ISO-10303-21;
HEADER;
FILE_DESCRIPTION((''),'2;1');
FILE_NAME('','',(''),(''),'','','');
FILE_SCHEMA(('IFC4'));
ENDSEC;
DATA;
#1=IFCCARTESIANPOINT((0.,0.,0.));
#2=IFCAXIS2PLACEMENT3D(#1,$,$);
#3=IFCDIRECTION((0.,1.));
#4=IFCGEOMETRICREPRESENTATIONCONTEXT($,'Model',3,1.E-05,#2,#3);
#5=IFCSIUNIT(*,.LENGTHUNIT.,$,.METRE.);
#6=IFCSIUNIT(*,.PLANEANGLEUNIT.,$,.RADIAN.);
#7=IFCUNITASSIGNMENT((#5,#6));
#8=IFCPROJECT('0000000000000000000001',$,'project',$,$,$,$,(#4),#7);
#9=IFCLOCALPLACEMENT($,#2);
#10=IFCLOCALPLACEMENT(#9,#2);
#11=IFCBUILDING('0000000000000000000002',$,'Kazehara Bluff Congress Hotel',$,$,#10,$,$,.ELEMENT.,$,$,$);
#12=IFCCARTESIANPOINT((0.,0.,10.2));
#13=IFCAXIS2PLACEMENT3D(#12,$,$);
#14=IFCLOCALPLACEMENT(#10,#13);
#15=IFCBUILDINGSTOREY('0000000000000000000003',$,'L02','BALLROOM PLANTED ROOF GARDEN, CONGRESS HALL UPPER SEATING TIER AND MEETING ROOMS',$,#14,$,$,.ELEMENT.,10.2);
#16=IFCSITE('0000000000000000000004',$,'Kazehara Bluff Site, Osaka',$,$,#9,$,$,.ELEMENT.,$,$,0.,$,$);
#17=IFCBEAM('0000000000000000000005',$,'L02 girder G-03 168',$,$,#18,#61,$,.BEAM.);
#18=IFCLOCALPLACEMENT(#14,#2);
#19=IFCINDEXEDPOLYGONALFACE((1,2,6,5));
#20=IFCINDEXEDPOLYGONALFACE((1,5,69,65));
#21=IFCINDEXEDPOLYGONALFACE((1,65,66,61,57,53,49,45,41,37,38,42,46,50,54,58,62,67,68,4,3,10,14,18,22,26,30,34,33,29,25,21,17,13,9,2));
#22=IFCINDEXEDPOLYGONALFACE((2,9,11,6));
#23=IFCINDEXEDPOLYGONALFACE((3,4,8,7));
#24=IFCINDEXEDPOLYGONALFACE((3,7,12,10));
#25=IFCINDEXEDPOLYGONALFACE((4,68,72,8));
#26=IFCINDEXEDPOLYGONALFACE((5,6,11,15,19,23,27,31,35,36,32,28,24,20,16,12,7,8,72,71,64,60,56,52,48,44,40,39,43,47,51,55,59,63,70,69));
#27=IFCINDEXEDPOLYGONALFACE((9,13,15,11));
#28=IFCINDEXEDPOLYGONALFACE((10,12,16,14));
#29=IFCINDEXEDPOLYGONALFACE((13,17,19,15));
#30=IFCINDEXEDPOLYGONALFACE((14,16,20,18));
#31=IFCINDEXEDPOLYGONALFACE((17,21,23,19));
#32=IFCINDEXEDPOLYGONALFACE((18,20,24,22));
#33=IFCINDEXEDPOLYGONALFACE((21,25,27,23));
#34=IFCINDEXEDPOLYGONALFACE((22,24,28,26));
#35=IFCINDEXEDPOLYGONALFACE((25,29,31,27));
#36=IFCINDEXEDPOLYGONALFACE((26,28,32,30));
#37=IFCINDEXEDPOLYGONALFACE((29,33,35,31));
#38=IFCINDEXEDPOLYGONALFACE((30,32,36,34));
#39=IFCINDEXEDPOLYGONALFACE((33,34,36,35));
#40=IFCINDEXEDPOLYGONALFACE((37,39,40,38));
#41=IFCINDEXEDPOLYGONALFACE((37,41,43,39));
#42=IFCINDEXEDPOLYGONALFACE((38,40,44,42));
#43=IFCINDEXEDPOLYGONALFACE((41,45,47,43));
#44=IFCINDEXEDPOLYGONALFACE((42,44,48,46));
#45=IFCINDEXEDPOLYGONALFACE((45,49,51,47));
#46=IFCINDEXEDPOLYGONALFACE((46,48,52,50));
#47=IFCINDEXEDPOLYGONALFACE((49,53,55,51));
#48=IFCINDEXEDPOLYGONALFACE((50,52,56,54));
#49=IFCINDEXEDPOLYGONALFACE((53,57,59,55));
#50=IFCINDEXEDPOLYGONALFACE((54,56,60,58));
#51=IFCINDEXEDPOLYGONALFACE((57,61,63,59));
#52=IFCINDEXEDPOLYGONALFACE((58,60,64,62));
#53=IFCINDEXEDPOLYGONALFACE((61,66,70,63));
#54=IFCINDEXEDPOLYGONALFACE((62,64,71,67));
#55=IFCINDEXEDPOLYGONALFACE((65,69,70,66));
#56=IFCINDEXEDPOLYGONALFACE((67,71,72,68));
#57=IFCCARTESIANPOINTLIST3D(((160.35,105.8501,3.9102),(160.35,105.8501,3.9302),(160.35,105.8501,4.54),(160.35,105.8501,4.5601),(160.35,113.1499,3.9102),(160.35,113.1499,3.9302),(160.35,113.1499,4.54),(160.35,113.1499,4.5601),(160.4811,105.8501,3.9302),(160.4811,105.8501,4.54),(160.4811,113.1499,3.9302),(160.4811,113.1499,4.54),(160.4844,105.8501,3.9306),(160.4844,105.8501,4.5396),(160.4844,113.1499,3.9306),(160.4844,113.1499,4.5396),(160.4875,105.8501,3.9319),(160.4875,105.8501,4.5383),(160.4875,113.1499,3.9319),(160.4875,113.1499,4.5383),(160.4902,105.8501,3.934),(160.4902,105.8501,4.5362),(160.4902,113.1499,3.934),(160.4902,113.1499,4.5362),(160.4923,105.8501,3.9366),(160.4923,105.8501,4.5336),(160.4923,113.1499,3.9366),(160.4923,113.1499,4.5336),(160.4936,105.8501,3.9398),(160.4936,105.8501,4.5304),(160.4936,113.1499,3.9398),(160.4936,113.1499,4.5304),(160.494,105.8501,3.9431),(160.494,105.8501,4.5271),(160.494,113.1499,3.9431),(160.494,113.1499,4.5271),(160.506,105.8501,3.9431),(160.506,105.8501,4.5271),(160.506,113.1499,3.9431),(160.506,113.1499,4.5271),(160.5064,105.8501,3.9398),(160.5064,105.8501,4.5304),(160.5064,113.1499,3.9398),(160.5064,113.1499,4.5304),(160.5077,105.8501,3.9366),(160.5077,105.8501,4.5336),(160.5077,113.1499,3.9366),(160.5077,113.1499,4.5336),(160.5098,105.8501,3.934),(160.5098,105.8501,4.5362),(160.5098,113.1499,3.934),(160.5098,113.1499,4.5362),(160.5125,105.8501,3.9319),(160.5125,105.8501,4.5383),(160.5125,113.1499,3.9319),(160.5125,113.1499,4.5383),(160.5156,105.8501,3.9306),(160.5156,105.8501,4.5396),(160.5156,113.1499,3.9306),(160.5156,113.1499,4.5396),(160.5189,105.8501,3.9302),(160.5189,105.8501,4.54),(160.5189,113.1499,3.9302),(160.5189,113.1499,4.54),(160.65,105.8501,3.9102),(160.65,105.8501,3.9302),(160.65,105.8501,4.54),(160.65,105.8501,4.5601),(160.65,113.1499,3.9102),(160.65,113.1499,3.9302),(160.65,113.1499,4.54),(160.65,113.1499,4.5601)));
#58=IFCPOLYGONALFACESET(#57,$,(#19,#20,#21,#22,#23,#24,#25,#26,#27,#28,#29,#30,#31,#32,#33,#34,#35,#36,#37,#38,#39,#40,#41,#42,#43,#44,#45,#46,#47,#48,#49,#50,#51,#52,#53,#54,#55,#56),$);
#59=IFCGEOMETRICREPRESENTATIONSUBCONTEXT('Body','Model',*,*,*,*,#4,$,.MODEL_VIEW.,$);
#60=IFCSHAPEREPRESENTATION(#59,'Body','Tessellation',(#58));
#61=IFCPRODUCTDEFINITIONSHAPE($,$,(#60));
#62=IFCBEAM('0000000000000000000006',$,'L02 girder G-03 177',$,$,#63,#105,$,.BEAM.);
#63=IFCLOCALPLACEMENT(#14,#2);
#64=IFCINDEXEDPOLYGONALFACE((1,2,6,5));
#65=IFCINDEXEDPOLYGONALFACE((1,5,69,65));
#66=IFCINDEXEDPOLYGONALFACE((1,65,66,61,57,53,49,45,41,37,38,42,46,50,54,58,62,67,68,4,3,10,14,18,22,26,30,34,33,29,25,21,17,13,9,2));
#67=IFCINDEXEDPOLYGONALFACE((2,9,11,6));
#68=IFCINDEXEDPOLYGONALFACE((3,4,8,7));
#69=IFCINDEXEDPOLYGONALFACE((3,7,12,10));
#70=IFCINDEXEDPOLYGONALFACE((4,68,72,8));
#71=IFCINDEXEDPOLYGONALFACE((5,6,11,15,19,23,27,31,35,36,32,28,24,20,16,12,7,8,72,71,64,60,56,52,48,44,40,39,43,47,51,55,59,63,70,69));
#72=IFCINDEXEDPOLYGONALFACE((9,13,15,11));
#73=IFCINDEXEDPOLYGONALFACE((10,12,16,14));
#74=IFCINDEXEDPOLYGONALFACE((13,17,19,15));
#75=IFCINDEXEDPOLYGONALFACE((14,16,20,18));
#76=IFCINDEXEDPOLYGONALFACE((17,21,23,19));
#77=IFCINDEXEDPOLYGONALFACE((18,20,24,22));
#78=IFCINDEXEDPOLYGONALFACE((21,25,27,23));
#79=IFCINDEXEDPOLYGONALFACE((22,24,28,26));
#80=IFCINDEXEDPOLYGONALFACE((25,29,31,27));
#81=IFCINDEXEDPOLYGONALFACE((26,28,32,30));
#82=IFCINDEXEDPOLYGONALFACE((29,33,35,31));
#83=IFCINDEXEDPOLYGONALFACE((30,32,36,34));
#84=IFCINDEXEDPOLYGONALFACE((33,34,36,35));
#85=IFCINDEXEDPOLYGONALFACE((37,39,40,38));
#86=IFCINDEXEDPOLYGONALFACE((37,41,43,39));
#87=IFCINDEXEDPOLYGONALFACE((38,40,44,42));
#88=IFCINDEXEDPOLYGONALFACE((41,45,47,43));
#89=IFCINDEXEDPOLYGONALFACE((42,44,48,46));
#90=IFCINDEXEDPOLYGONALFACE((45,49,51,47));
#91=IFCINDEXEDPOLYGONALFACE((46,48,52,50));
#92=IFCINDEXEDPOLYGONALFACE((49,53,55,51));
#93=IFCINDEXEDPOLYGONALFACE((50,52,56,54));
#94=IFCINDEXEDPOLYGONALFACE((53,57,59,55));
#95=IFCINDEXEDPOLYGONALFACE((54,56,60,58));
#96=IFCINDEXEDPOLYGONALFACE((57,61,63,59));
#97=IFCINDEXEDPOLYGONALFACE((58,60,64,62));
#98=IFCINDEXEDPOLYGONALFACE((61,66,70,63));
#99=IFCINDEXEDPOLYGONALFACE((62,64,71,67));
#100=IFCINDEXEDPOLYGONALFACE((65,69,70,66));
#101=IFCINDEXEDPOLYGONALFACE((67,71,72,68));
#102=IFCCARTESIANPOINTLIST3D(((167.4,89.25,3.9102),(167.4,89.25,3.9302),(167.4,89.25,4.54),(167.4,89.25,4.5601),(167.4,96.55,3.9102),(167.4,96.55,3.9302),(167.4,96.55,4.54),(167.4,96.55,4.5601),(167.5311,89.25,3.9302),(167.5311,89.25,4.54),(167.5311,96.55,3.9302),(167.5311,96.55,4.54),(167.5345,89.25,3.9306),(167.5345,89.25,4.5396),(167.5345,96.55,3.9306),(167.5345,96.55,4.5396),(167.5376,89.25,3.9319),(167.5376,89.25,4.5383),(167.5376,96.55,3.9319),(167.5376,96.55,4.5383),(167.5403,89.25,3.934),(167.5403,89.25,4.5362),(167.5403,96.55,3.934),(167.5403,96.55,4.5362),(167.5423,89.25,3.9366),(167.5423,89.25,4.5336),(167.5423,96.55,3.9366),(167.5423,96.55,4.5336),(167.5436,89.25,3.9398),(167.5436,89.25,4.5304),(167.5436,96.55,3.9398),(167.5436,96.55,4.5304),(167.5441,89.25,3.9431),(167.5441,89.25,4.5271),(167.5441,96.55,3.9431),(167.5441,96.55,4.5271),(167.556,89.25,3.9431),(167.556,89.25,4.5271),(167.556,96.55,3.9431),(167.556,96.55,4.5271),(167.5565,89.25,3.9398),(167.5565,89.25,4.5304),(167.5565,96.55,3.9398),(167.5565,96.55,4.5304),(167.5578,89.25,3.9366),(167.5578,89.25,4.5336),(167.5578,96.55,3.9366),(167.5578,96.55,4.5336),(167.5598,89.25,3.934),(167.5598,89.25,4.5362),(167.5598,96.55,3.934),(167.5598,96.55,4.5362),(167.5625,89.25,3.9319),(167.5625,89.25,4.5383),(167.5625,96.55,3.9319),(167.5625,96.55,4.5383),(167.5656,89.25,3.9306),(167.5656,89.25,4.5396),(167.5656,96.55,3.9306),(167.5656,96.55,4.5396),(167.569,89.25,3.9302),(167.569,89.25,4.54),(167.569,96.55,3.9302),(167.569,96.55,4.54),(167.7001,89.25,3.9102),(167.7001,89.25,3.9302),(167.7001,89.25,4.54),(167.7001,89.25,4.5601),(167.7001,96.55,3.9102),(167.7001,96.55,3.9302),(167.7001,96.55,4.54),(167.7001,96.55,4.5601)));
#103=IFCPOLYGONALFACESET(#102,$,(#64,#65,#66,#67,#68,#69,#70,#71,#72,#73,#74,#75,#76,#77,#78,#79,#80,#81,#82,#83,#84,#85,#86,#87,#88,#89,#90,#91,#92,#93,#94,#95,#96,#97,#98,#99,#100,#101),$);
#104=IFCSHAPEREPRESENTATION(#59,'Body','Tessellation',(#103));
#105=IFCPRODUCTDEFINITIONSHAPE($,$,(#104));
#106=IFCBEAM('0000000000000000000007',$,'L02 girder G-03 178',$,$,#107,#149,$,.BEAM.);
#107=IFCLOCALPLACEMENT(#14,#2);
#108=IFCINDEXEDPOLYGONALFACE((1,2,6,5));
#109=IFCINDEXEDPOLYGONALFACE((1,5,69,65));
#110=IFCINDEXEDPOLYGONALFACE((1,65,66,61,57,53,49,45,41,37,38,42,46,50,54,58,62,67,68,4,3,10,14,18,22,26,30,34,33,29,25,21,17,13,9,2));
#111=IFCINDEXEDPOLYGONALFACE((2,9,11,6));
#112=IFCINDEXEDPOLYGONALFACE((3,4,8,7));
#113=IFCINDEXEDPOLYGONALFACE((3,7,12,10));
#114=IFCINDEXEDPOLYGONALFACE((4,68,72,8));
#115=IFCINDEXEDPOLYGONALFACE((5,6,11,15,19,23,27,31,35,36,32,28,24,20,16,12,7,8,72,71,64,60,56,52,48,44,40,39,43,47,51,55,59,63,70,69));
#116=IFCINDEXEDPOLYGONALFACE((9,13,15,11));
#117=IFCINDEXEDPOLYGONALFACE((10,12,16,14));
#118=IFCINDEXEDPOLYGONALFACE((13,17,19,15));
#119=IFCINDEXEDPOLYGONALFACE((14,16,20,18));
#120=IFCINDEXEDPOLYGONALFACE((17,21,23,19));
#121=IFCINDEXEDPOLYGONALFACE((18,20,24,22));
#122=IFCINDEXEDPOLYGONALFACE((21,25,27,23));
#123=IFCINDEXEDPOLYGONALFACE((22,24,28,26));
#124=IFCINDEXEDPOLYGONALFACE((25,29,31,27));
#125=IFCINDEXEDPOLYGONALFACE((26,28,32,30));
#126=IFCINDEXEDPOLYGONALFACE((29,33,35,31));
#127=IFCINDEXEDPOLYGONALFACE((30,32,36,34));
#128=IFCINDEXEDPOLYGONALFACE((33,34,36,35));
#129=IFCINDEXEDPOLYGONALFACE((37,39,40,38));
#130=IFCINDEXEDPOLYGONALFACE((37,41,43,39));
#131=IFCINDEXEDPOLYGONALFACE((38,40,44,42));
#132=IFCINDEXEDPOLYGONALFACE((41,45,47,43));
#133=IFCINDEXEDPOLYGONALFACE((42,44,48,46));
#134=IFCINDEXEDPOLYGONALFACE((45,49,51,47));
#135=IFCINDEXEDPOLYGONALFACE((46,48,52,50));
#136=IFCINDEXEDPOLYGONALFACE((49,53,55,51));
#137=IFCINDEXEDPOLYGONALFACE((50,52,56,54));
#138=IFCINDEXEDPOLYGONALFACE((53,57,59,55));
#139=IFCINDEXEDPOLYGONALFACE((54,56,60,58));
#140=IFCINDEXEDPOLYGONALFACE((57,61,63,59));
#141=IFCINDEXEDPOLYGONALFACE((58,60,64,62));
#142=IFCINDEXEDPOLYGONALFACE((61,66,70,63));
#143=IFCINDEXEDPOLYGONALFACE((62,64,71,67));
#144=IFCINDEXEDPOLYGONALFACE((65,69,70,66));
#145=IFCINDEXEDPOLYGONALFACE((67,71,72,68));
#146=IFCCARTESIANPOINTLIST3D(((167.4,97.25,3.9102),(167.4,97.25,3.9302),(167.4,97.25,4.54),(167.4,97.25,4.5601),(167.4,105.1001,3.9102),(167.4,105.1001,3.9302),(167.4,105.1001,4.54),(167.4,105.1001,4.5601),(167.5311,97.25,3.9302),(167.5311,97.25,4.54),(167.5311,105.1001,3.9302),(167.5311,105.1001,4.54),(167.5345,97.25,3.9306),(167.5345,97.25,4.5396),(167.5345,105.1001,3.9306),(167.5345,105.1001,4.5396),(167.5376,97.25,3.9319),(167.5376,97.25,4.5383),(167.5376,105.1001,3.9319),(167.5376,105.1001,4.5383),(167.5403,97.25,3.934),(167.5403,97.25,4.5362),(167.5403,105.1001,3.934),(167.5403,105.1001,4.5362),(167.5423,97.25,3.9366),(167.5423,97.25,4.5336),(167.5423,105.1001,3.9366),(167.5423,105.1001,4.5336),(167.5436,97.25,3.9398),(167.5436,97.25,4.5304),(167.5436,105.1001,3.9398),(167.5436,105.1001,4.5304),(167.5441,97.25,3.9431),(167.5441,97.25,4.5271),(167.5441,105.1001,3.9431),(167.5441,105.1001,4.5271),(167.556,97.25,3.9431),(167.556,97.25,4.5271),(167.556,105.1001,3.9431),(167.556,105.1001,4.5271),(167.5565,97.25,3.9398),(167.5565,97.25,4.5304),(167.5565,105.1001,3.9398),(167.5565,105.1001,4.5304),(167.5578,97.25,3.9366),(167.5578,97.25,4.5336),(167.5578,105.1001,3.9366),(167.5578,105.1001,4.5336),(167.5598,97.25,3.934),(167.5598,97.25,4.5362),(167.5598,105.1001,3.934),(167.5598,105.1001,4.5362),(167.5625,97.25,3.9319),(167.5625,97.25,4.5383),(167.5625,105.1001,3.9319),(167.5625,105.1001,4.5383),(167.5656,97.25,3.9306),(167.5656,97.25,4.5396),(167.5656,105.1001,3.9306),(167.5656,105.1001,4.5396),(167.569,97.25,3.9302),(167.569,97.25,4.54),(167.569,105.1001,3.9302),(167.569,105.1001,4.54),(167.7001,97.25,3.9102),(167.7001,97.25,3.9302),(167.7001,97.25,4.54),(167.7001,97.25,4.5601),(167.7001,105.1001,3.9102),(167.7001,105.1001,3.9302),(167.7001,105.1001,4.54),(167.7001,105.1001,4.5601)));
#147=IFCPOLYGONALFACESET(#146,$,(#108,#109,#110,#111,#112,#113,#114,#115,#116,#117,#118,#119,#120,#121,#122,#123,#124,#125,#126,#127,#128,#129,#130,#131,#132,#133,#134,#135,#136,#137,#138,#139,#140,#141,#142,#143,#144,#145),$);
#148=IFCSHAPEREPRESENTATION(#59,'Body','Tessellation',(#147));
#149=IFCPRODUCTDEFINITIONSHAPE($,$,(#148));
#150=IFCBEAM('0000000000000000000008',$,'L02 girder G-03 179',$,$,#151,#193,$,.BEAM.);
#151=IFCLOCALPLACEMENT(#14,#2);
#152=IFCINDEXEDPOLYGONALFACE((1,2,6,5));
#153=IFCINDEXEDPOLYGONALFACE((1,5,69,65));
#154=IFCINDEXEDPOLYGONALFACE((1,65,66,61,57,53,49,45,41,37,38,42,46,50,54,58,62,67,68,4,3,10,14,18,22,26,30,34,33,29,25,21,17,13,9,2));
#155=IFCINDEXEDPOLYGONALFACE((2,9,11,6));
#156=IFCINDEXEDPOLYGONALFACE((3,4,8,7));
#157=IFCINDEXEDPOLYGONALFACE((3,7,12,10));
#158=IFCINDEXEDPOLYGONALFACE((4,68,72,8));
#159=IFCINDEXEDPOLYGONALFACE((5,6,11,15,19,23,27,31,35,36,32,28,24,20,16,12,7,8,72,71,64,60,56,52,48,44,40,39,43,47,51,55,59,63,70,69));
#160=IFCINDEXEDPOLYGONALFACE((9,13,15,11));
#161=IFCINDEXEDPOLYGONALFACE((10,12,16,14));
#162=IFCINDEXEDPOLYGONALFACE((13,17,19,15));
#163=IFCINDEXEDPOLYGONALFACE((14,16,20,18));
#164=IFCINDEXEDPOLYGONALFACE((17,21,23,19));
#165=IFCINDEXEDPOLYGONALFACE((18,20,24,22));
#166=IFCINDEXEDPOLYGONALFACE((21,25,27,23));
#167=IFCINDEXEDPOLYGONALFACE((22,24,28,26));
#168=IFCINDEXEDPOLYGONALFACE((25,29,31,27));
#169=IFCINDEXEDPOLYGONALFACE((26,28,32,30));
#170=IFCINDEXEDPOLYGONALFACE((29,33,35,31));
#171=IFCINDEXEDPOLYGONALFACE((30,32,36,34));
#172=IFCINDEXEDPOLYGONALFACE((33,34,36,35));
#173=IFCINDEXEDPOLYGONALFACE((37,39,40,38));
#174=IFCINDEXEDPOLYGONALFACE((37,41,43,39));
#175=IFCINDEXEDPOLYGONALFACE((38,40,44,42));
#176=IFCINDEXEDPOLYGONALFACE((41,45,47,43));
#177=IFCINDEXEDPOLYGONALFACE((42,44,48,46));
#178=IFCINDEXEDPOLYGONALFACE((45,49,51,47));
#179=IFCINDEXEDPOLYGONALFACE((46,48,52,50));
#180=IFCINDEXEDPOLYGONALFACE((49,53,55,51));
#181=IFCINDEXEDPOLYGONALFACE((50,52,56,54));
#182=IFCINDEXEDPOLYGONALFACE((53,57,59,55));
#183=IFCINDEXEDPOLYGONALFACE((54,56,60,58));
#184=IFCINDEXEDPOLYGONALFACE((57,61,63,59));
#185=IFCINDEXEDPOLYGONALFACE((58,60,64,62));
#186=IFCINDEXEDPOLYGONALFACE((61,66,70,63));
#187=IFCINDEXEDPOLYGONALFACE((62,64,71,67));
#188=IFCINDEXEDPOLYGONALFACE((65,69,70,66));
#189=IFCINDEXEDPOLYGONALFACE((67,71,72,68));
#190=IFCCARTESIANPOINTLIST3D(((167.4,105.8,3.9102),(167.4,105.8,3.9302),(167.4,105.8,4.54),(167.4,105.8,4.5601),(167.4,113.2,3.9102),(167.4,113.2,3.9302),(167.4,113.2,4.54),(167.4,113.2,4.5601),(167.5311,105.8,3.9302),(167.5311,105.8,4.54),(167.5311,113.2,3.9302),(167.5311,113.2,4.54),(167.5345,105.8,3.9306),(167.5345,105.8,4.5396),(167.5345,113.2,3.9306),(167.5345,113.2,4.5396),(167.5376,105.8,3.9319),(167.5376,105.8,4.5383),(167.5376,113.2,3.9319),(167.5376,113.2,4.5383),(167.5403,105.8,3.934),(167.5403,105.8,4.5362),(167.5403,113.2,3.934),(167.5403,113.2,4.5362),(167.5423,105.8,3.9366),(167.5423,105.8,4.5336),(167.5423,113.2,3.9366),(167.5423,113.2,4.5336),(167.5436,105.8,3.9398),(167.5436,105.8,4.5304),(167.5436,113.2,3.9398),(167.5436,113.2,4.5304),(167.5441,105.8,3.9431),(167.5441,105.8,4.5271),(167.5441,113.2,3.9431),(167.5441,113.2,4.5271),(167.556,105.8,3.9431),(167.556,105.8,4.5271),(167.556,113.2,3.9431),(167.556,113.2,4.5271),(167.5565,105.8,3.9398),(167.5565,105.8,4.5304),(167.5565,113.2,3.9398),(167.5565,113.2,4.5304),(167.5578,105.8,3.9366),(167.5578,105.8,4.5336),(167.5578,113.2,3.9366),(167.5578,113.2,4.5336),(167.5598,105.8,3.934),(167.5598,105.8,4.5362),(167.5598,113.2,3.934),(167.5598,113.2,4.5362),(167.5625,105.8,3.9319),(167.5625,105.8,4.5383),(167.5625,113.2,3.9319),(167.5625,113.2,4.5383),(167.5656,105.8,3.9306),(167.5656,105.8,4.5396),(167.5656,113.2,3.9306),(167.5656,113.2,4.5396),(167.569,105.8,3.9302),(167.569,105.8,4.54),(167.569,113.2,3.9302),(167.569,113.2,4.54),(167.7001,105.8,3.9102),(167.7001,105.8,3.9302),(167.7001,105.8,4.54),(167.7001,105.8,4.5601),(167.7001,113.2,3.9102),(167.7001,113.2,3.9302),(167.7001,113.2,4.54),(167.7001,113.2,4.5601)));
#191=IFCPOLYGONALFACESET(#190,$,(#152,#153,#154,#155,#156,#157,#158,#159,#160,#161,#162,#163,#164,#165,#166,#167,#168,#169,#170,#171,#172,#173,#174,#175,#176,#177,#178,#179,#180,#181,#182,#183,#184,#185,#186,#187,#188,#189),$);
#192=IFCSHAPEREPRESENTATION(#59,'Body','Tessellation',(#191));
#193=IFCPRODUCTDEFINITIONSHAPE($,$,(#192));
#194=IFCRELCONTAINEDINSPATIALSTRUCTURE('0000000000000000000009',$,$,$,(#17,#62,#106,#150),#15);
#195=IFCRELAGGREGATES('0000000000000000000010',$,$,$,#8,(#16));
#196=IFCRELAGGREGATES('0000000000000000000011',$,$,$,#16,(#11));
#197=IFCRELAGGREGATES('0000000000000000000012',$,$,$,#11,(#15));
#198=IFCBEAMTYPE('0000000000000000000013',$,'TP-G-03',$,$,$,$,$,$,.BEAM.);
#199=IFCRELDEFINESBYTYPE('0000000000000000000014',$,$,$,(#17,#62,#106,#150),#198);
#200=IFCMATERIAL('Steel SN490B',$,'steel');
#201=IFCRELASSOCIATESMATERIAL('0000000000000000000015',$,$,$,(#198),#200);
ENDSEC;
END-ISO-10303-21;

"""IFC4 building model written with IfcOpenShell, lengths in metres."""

from ifc_helpers import new_model, si_unit, direction, frame, origin, origin_2d, place, context, subcontext, project, spatial, i_section, extrude, material, material_profile, profile_set, type_object, element, save


model = new_model("IFC4")

# Units and contexts
model_context = context("Model", 3, precision=1e-05, world=origin(), true_north=direction((0.0, 1.0)))
body_context = subcontext(model_context, "Body", "Model", "MODEL_VIEW")
ifc_project = project(units=[si_unit("LENGTHUNIT", "METRE"), si_unit("PLANEANGLEUNIT", "RADIAN")], contexts=[model_context])

# Site, building, storey
site_placement = place(None, origin())
site = spatial("IfcSite", under=ifc_project, at=site_placement, Name="Kazehara Bluff Site, Osaka", CompositionType="ELEMENT", RefElevation=0.0)
building_placement = place(site_placement, origin())
building = spatial("IfcBuilding", under=site, at=building_placement, Name="Kazehara Bluff Congress Hotel", CompositionType="ELEMENT")
storey_placement = place(building_placement, frame((0.0, 0.0, 10.2)))
storey = spatial("IfcBuildingStorey", under=building, at=storey_placement, Name="L02", Description="BALLROOM PLANTED ROOF GARDEN, CONGRESS HALL UPPER SEATING TIER AND MEETING ROOMS", CompositionType="ELEMENT", Elevation=10.2)

# Beams
ifc_material_1 = material(Name="Steel SN490B", Category="steel")
ifc_material_profile_1 = material_profile(ifc_material_1, i_section(OverallWidth=0.3, OverallDepth=0.6499, WebThickness=0.012, FlangeThickness=0.02, FilletRadius=0.0129, at=origin_2d()))
ifc_profile_set_1 = profile_set([ifc_material_profile_1], Name="Steel SN490B")
beam_type_1 = type_object("IfcBeamType", Name="TP-G-03", PredefinedType="BEAM", material=ifc_profile_set_1)
beam_1_placement = place(storey_placement, frame((160.5, 105.8501, 4.2351), z_axis=(0.0, 1.0, 0.0), x_axis=(-1.0, 0.0, 0.0)))
element("IfcBeam", 1, at=beam_1_placement, inside=storey, type_object=beam_type_1, Name="L02 girder G-03 168", PredefinedType="BEAM", context=body_context, shape_type="SweptSolid", body=[
    extrude(i_section(OverallWidth=0.3, OverallDepth=0.6499, WebThickness=0.012, FlangeThickness=0.02, FilletRadius=0.0129, at=origin_2d()), origin(), (0.0, 0.0, 1.0), 7.2998),
])
beam_2_placement = place(storey_placement, frame((167.55, 89.25, 4.2351), z_axis=(0.0, 1.0, 0.0), x_axis=(-1.0, 0.0, 0.0)))
element("IfcBeam", 2, at=beam_2_placement, inside=storey, type_object=beam_type_1, Name="L02 girder G-03 177", PredefinedType="BEAM", context=body_context, shape_type="SweptSolid", body=[
    extrude(i_section(OverallWidth=0.3, OverallDepth=0.6499, WebThickness=0.012, FlangeThickness=0.02, FilletRadius=0.0129, at=origin_2d()), origin(), (0.0, 0.0, 1.0), 7.3),
])
beam_3_placement = place(storey_placement, frame((167.55, 97.25, 4.2351), z_axis=(0.0, 1.0, 0.0), x_axis=(-1.0, 0.0, 0.0)))
element("IfcBeam", 3, at=beam_3_placement, inside=storey, type_object=beam_type_1, Name="L02 girder G-03 178", PredefinedType="BEAM", context=body_context, shape_type="SweptSolid", body=[
    extrude(i_section(OverallWidth=0.3, OverallDepth=0.6499, WebThickness=0.012, FlangeThickness=0.02, FilletRadius=0.0129, at=origin_2d()), origin(), (0.0, 0.0, 1.0), 7.8501),
])
beam_4_placement = place(storey_placement, frame((167.55, 105.8, 4.2351), z_axis=(0.0, 1.0, 0.0), x_axis=(-1.0, 0.0, 0.0)))
element("IfcBeam", 4, at=beam_4_placement, inside=storey, type_object=beam_type_1, Name="L02 girder G-03 179", PredefinedType="BEAM", context=body_context, shape_type="SweptSolid", body=[
    extrude(i_section(OverallWidth=0.3, OverallDepth=0.6499, WebThickness=0.012, FlangeThickness=0.02, FilletRadius=0.0129, at=origin_2d()), origin(), (0.0, 0.0, 1.0), 7.3999),
])

save(model, "model.ifc")
